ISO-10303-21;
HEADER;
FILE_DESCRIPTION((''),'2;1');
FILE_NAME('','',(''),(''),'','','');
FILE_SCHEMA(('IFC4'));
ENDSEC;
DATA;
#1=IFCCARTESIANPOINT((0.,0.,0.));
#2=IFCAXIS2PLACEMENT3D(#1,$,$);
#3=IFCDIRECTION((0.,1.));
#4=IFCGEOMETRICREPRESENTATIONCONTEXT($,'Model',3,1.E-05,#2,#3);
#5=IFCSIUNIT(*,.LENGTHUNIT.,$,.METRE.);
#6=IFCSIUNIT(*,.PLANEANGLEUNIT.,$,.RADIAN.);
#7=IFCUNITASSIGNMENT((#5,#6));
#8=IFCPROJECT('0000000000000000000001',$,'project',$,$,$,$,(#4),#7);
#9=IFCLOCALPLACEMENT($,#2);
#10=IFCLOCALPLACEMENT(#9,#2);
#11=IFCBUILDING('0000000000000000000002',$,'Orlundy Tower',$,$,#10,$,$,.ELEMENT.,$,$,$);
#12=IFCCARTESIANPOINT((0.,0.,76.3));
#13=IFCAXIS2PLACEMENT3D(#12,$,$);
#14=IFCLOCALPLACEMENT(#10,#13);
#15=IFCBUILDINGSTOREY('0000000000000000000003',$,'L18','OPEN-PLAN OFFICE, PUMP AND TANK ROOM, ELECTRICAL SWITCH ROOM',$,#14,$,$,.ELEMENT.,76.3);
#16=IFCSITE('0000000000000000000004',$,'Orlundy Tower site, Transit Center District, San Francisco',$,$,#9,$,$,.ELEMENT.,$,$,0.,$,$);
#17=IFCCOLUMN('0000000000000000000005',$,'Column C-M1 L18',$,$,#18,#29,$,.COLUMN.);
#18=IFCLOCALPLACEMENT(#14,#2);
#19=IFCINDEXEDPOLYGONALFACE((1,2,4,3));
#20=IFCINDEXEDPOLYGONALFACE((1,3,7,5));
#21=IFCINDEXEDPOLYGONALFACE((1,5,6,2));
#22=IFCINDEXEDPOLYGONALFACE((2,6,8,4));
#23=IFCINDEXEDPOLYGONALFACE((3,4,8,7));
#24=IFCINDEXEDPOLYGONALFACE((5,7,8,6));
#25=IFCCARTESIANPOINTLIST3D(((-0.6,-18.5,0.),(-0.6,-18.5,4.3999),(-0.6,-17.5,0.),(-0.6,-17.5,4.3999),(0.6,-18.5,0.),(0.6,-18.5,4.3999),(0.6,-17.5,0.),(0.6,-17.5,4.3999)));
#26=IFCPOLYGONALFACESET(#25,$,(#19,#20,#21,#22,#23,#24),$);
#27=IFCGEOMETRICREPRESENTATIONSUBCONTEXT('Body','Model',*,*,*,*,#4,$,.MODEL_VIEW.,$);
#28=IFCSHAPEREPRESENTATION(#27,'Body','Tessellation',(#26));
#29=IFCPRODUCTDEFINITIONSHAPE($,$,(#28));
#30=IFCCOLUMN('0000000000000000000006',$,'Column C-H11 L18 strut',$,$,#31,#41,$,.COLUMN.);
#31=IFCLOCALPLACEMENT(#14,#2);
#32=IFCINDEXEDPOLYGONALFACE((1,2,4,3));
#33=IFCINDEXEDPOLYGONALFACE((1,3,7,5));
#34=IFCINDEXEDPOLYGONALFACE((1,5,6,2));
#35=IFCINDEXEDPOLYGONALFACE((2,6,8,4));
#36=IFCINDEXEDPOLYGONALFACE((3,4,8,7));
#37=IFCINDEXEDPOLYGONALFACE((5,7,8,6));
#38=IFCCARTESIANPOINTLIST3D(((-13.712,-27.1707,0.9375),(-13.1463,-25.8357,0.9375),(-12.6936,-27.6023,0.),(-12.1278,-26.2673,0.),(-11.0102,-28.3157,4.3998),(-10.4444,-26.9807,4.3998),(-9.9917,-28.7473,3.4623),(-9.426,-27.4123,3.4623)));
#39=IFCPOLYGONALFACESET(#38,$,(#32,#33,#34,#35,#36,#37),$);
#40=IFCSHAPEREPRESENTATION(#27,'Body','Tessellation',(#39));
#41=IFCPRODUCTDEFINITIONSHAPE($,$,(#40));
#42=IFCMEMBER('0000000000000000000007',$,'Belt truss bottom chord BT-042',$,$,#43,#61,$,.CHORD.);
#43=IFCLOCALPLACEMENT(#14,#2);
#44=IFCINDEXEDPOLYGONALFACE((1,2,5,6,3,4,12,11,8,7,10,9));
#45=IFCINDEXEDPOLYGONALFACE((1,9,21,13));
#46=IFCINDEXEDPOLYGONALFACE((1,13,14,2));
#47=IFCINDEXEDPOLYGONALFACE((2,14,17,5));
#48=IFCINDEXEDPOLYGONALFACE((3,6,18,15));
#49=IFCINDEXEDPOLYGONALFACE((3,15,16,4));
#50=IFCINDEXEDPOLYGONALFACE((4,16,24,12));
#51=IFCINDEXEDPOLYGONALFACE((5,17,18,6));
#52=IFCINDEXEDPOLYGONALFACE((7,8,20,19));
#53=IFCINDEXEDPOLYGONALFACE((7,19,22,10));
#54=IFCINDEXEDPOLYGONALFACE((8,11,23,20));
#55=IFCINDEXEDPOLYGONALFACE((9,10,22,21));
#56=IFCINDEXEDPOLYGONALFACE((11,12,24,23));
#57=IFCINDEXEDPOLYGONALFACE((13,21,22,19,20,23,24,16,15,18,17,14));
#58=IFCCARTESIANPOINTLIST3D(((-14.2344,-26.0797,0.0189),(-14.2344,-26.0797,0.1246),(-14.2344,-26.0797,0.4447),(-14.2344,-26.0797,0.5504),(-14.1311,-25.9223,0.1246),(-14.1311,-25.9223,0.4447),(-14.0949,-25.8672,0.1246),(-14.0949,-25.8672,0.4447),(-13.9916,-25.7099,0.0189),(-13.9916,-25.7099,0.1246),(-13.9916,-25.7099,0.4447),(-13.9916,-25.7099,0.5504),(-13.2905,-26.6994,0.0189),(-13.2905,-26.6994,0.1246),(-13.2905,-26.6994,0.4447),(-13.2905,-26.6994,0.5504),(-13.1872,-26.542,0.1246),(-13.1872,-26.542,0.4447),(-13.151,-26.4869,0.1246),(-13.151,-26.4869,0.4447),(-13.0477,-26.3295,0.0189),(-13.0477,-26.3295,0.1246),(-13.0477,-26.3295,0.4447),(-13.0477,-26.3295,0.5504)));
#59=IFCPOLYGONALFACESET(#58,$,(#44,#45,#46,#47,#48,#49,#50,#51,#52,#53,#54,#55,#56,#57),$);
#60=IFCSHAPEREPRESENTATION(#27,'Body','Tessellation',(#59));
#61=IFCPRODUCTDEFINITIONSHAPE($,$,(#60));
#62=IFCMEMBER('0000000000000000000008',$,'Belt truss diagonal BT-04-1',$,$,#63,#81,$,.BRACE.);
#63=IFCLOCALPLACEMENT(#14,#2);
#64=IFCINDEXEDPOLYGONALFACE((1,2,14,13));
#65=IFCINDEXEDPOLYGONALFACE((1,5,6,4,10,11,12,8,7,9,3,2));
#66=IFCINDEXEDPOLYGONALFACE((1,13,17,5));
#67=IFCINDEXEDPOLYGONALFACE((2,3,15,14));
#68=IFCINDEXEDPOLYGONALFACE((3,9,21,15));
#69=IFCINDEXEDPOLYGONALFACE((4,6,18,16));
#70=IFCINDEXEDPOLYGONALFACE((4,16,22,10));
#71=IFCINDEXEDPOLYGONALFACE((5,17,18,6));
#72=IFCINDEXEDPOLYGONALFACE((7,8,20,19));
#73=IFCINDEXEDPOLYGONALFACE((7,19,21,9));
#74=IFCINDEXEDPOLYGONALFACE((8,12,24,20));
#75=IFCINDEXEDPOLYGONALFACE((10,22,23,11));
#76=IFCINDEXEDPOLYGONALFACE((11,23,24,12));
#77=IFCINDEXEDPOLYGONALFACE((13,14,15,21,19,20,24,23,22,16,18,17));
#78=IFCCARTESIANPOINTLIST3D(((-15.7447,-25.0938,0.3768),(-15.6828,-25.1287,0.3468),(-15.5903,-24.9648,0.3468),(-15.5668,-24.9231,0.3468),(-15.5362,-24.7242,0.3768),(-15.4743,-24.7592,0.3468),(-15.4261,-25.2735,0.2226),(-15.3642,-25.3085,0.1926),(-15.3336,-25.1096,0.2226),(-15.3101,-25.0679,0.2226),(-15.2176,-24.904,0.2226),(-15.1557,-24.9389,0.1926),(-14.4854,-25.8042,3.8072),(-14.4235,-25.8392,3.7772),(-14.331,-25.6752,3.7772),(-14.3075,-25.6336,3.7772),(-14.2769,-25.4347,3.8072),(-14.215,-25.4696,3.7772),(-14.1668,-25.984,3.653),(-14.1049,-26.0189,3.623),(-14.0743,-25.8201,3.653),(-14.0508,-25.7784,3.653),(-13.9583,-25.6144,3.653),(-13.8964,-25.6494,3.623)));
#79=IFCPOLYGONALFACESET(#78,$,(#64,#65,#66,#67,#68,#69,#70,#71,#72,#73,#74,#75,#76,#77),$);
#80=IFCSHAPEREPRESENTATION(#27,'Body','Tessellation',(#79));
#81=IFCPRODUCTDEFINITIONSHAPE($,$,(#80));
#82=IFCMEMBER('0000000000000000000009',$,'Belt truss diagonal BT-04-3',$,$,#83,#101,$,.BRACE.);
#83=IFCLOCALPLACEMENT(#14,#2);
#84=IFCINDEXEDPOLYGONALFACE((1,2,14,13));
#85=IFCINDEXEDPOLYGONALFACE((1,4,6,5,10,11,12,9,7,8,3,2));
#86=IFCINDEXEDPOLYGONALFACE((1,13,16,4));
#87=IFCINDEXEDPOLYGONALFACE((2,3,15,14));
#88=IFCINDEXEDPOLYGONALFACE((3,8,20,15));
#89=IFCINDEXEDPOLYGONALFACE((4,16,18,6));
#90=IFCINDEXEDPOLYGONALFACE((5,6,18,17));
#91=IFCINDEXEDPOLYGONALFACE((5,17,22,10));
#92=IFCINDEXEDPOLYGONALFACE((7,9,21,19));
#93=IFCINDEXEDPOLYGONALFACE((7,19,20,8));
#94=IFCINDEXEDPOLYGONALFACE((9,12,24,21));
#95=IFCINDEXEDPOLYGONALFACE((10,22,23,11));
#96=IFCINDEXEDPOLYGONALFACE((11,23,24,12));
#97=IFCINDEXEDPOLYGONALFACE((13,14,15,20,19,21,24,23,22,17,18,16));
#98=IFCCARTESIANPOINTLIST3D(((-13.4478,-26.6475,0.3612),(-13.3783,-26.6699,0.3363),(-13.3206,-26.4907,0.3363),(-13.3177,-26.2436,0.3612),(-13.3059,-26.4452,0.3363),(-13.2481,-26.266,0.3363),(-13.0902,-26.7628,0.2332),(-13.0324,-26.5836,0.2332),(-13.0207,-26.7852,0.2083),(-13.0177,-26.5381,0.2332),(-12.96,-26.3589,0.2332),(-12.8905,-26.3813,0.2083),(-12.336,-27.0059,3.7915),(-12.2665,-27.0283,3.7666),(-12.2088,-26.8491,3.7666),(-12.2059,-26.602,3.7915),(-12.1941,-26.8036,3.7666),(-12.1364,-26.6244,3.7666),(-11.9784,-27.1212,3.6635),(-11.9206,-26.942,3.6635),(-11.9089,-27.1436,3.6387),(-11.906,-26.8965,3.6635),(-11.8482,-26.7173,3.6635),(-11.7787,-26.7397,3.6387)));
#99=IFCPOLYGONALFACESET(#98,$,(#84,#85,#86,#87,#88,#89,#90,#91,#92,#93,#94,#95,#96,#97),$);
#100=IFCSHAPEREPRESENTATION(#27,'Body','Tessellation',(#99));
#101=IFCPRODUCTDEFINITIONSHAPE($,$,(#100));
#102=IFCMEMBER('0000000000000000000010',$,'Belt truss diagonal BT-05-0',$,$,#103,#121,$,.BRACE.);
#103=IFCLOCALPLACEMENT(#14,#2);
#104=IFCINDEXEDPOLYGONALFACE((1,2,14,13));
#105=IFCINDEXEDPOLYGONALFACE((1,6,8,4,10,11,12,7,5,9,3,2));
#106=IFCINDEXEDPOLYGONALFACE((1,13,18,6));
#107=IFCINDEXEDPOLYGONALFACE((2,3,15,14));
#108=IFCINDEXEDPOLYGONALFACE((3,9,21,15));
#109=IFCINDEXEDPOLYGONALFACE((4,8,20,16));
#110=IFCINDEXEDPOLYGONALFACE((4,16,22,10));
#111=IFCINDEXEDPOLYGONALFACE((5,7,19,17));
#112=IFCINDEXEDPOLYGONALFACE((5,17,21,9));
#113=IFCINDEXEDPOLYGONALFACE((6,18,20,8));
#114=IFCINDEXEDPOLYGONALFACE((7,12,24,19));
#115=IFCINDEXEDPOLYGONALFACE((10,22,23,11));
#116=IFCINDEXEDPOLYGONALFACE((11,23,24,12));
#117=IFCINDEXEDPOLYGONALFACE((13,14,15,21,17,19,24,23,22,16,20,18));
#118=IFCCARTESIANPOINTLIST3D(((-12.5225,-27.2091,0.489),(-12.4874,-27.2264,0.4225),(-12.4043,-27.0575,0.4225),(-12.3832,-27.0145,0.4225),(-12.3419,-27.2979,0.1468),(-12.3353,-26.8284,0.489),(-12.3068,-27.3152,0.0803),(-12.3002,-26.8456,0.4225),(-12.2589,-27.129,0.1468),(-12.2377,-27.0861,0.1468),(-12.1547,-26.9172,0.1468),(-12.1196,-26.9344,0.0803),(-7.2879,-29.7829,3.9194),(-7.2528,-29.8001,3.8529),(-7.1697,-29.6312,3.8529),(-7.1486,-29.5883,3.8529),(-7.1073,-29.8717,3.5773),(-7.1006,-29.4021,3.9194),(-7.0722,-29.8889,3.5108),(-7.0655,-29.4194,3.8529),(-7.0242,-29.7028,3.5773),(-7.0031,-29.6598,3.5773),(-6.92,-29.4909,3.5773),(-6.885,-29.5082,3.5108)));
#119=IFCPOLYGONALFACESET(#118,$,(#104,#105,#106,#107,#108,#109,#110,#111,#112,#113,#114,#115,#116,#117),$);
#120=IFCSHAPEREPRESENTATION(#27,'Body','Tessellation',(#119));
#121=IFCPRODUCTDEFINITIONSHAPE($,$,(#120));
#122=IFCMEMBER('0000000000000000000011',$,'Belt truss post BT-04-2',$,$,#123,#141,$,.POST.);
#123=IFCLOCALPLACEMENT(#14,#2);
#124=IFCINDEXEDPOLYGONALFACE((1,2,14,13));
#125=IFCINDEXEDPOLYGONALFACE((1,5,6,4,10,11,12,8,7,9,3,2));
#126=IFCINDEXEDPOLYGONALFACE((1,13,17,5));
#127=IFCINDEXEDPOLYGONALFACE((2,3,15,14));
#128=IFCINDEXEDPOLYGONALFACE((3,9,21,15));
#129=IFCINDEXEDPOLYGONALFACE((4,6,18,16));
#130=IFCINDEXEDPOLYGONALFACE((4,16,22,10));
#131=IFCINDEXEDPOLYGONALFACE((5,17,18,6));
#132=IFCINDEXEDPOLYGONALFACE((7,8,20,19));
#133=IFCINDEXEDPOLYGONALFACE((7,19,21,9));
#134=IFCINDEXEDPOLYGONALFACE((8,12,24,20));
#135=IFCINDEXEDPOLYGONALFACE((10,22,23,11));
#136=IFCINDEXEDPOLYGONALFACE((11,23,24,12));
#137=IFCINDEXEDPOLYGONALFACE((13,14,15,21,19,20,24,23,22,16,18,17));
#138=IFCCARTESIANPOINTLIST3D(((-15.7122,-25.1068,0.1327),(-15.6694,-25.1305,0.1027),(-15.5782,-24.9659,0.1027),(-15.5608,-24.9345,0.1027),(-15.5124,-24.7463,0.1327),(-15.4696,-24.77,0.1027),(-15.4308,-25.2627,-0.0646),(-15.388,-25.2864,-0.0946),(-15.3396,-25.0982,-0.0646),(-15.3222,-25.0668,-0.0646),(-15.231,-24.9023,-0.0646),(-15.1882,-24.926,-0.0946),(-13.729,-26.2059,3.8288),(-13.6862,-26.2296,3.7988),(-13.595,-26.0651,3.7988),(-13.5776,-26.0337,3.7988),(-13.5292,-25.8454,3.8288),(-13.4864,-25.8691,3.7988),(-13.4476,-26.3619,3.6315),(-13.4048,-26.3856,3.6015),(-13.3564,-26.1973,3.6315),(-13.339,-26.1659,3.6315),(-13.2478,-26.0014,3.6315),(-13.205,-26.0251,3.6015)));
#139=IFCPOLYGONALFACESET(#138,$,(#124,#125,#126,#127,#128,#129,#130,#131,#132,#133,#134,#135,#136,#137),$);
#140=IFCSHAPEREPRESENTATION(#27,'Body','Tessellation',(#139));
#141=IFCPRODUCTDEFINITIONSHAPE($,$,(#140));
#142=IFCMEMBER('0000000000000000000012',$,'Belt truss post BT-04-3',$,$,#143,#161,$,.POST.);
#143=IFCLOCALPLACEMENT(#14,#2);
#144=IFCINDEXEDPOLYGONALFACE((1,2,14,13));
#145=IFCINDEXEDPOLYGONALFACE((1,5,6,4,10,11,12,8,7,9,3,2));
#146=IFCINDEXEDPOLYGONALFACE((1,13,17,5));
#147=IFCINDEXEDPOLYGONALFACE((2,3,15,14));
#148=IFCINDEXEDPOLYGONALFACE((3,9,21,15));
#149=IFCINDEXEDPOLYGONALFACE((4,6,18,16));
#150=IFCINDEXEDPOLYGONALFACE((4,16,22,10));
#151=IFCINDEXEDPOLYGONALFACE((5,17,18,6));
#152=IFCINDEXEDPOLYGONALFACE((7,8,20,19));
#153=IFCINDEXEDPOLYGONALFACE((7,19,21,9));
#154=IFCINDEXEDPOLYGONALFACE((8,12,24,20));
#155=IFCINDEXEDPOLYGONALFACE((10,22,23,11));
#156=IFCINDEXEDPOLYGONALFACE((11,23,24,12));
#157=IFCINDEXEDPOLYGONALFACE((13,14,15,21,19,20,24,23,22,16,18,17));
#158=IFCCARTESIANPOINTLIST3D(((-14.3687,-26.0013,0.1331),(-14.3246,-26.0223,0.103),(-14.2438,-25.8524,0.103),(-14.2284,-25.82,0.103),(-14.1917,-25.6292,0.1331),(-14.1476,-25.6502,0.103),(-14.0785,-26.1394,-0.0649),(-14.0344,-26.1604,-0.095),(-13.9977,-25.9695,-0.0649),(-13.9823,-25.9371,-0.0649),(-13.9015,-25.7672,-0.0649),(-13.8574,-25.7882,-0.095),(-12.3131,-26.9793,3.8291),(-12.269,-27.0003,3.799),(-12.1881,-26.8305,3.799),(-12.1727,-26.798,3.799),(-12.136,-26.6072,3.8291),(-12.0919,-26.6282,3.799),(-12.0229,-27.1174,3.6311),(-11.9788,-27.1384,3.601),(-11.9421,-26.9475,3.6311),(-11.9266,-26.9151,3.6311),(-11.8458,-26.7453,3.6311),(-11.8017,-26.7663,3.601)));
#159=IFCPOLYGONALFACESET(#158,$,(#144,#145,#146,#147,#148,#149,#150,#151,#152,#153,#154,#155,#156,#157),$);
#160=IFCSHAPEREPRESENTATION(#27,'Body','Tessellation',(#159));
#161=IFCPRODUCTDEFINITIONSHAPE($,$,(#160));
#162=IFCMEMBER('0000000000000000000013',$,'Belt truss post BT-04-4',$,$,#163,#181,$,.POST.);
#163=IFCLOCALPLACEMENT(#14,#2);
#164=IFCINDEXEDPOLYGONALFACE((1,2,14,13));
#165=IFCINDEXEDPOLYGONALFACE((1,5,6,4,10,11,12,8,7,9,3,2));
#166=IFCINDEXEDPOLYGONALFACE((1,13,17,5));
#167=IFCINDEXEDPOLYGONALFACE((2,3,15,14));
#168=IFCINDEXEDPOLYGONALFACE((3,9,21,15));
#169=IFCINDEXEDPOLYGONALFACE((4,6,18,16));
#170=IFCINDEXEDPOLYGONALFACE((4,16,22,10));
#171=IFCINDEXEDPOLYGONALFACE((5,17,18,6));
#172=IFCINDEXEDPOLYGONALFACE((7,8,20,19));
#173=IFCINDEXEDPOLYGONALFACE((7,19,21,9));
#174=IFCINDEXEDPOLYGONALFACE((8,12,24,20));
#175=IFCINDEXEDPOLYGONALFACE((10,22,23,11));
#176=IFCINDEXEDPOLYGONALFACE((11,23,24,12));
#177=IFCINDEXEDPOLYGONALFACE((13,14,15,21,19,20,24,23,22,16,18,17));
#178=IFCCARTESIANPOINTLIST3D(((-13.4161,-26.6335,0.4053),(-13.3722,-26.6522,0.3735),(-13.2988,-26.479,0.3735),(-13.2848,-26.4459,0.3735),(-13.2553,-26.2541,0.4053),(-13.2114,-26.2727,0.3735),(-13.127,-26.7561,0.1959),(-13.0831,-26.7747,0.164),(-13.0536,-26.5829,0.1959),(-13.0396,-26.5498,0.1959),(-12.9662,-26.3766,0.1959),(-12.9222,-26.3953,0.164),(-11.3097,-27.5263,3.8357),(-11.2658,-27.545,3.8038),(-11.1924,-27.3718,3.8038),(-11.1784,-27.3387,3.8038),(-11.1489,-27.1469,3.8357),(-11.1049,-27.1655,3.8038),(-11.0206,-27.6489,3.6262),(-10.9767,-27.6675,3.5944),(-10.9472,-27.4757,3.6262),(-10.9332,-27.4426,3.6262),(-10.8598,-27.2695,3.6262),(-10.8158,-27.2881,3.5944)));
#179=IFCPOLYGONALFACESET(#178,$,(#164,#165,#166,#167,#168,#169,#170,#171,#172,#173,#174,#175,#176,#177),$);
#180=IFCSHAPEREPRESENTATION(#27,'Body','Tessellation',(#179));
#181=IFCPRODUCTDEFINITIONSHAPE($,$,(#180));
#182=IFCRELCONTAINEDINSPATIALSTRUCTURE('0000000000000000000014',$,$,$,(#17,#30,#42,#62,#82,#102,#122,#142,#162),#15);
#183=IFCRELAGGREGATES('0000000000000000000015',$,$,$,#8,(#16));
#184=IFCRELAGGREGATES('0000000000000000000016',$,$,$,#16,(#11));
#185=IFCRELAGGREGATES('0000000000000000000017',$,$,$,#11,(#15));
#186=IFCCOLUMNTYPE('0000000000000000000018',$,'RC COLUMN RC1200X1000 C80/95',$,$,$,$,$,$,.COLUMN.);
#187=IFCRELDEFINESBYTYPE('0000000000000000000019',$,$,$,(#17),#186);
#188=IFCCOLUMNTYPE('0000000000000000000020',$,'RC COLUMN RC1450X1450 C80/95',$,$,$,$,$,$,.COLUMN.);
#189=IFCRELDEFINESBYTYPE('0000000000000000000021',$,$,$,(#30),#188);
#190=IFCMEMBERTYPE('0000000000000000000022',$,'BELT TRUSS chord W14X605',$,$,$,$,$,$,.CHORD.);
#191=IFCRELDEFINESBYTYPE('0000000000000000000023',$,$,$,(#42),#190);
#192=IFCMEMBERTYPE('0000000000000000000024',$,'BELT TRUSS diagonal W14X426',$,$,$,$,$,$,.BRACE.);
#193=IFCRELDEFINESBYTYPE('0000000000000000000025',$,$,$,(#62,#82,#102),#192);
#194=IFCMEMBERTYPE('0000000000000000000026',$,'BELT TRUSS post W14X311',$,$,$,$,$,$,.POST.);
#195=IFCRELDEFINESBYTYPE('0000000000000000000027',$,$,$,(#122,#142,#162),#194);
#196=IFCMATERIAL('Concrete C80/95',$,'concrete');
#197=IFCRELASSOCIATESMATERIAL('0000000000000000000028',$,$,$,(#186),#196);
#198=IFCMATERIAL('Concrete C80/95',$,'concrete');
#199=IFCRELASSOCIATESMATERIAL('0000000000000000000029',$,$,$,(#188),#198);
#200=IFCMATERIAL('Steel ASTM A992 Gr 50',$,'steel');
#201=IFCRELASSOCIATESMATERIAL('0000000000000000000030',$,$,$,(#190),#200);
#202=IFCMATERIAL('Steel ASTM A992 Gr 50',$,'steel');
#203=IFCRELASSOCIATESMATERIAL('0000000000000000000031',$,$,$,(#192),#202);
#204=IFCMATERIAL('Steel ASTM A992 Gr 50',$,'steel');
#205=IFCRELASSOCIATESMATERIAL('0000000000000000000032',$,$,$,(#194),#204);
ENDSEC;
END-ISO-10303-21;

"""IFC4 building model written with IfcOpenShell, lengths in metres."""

from ifc_helpers import new_model, si_unit, direction, frame, origin, origin_2d, place, context, subcontext, project, spatial, rectangle, i_section, extrude, material, material_profile, profile_set, type_object, element, save


model = new_model("IFC4")

# Units and contexts
model_context = context("Model", 3, precision=1e-05, world=origin(), true_north=direction((0.0, 1.0)))
body_context = subcontext(model_context, "Body", "Model", "MODEL_VIEW")
ifc_project = project(units=[si_unit("LENGTHUNIT", "METRE"), si_unit("PLANEANGLEUNIT", "RADIAN")], contexts=[model_context])

# Site, building, storey
site_placement = place(None, origin())
site = spatial("IfcSite", under=ifc_project, at=site_placement, Name="Orlundy Tower site, Transit Center District, San Francisco", CompositionType="ELEMENT", RefElevation=0.0)
building_placement = place(site_placement, origin())
building = spatial("IfcBuilding", under=site, at=building_placement, Name="Orlundy Tower", CompositionType="ELEMENT")
storey_placement = place(building_placement, frame((0.0, 0.0, 76.3)))
storey = spatial("IfcBuildingStorey", under=building, at=storey_placement, Name="L18", Description="OPEN-PLAN OFFICE, PUMP AND TANK ROOM, ELECTRICAL SWITCH ROOM", CompositionType="ELEMENT", Elevation=76.3)

# Columns
ifc_material_1 = material(Name="Concrete C80/95", Category="concrete")
ifc_material_profile_1 = material_profile(ifc_material_1, rectangle(XDim=1.2, YDim=1.0, at=origin_2d()), Name="RC1200X1000")
ifc_profile_set_1 = profile_set([ifc_material_profile_1], Name="Concrete C80/95")
column_type_1 = type_object("IfcColumnType", Name="RC COLUMN RC1200X1000 C80/95", PredefinedType="COLUMN", material=ifc_profile_set_1)
column_1_placement = place(storey_placement, frame((0.0, -18.0, 0.0), z_axis=(0.0, 0.0, 1.0), x_axis=(1.0, 0.0, 0.0)))
element("IfcColumn", 1, at=column_1_placement, inside=storey, type_object=column_type_1, Name="Column C-M1 L18", PredefinedType="COLUMN", context=body_context, shape_type="SweptSolid", body=[
    extrude(rectangle(XDim=1.2, YDim=1.0, at=origin_2d()), origin(), (0.0, 0.0, 1.0), 4.3999),
])
ifc_material_2 = material(Name="Concrete C80/95", Category="concrete")
ifc_material_profile_2 = material_profile(ifc_material_2, rectangle(XDim=1.45, YDim=1.45, at=origin_2d()), Name="RC1450X1450")
ifc_profile_set_2 = profile_set([ifc_material_profile_2], Name="Concrete C80/95")
column_type_2 = type_object("IfcColumnType", Name="RC COLUMN RC1450X1450 C80/95", PredefinedType="COLUMN", material=ifc_profile_set_2)
column_2_placement = place(storey_placement, frame((-12.9199, -26.719, 0.4688), z_axis=(0.595307, -0.25228, 0.762866), x_axis=(0.390191, 0.920734, 0.0)))
element("IfcColumn", 2, at=column_2_placement, inside=storey, type_object=column_type_2, Name="Column C-H11 L18 strut", PredefinedType="COLUMN", context=body_context, shape_type="SweptSolid", body=[
    extrude(rectangle(XDim=1.45, YDim=1.45, at=origin_2d()), origin(), (0.0, 0.0, 1.0), 4.5386),
])

# Members
ifc_material_3 = material(Name="Steel ASTM A992 Gr 50", Category="steel")
ifc_material_profile_3 = material_profile(ifc_material_3, i_section(OverallWidth=0.4424, OverallDepth=0.5315, WebThickness=0.0659, FlangeThickness=0.1057, at=origin_2d()), Name="W14X605")
ifc_profile_set_3 = profile_set([ifc_material_profile_3], Name="Steel ASTM A992 Gr 50")
member_type_1 = type_object("IfcMemberType", Name="BELT TRUSS chord W14X605", PredefinedType="CHORD", material=ifc_profile_set_3)
member_1_placement = place(storey_placement, frame((-14.113, -25.8948, 0.2847), z_axis=(0.835955, -0.548798, 0.0), x_axis=(0.548798, 0.835955, 0.0)))
element("IfcMember", 3, at=member_1_placement, inside=storey, type_object=member_type_1, Name="Belt truss bottom chord BT-042", PredefinedType="CHORD", context=body_context, shape_type="SweptSolid", body=[
    extrude(i_section(OverallWidth=0.4424, OverallDepth=0.5315, WebThickness=0.0659, FlangeThickness=0.1057, at=origin_2d()), origin(), (0.0, 0.0, 1.0), 1.1292),
])
ifc_material_4 = material(Name="Steel ASTM A992 Gr 50", Category="steel")
ifc_material_profile_4 = material_profile(ifc_material_4, i_section(OverallWidth=0.4243, OverallDepth=0.4741, WebThickness=0.0479, FlangeThickness=0.0771, at=origin_2d()), Name="W14X426")
ifc_profile_set_4 = profile_set([ifc_material_profile_4], Name="Steel ASTM A992 Gr 50")
member_type_2 = type_object("IfcMemberType", Name="BELT TRUSS diagonal W14X426", PredefinedType="BRACE", material=ifc_profile_set_4)
member_2_placement = place(storey_placement, frame((-14.1909, -25.7268, 3.7151), z_axis=(-0.338272, 0.190844, -0.921494), x_axis=(-0.491367, -0.870953, 0.0)))
element("IfcMember", 4, at=member_2_placement, inside=storey, type_object=member_type_2, Name="Belt truss diagonal BT-04-1", PredefinedType="BRACE", context=body_context, shape_type="SweptSolid", body=[
    extrude(i_section(OverallWidth=0.4243, OverallDepth=0.4741, WebThickness=0.0479, FlangeThickness=0.0771, at=origin_2d()), origin(), (0.0, 0.0, 1.0), 3.7227),
])
member_3_placement = place(storey_placement, frame((-12.0574, -26.8728, 3.7151), z_axis=(-0.306804, 0.0989, -0.94662), x_axis=(-0.306807, -0.951772, 0.0)))
element("IfcMember", 5, at=member_3_placement, inside=storey, type_object=member_type_2, Name="Belt truss diagonal BT-04-3", PredefinedType="BRACE", context=body_context, shape_type="SweptSolid", body=[
    extrude(i_section(OverallWidth=0.4243, OverallDepth=0.4741, WebThickness=0.0479, FlangeThickness=0.0771, at=origin_2d()), origin(), (0.0, 0.0, 1.0), 3.6238),
])
member_4_placement = place(storey_placement, frame((-12.321, -27.0718, 0.2847), z_axis=(0.773544, -0.380332, 0.506929), x_axis=(0.441227, 0.897396, 0.0)))
element("IfcMember", 6, at=member_4_placement, inside=storey, type_object=member_type_2, Name="Belt truss diagonal BT-05-0", PredefinedType="BRACE", context=body_context, shape_type="SweptSolid", body=[
    extrude(i_section(OverallWidth=0.4243, OverallDepth=0.4741, WebThickness=0.0479, FlangeThickness=0.0771, at=origin_2d()), origin(), (0.0, 0.0, 1.0), 6.7671),
])
ifc_material_5 = material(Name="Steel ASTM A992 Gr 50", Category="steel")
ifc_material_profile_5 = material_profile(ifc_material_5, i_section(OverallWidth=0.4121, OverallDepth=0.4348, WebThickness=0.0359, FlangeThickness=0.0574, at=origin_2d()), Name="W14X311")
ifc_profile_set_5 = profile_set([ifc_material_profile_5], Name="Steel ASTM A992 Gr 50")
member_type_3 = type_object("IfcMemberType", Name="BELT TRUSS post W14X311", PredefinedType="POST", material=ifc_profile_set_5)
member_5_placement = place(storey_placement, frame((-15.4502, -25.0164, 0.019), z_axis=(0.45736, -0.253482, 0.85239), x_axis=(0.484756, 0.874649, 0.0)))
element("IfcMember", 7, at=member_5_placement, inside=storey, type_object=member_type_3, Name="Belt truss post BT-04-2", PredefinedType="POST", context=body_context, shape_type="SweptSolid", body=[
    extrude(i_section(OverallWidth=0.4121, OverallDepth=0.4348, WebThickness=0.0359, FlangeThickness=0.0574, at=origin_2d()), origin(), (0.0, 0.0, 1.0), 4.3362),
])
member_6_placement = place(storey_placement, frame((-14.113, -25.8948, 0.019), z_axis=(0.473562, -0.225307, 0.851455), x_axis=(0.429625, 0.903007, 0.0)))
element("IfcMember", 8, at=member_6_placement, inside=storey, type_object=member_type_3, Name="Belt truss post BT-04-3", PredefinedType="POST", context=body_context, shape_type="SweptSolid", body=[
    extrude(i_section(OverallWidth=0.4121, OverallDepth=0.4348, WebThickness=0.0359, FlangeThickness=0.0574, at=origin_2d()), origin(), (0.0, 0.0, 1.0), 4.3408),
])
member_7_placement = place(storey_placement, frame((-13.1692, -26.5144, 0.2847), z_axis=(0.510858, -0.216528, 0.83195), x_axis=(0.390246, 0.920711, 0.0)))
element("IfcMember", 9, at=member_7_placement, inside=storey, type_object=member_type_3, Name="Belt truss post BT-04-4", PredefinedType="POST", context=body_context, shape_type="SweptSolid", body=[
    extrude(i_section(OverallWidth=0.4121, OverallDepth=0.4348, WebThickness=0.0359, FlangeThickness=0.0574, at=origin_2d()), origin(), (0.0, 0.0, 1.0), 4.1233),
])

save(model, "model.ifc")
